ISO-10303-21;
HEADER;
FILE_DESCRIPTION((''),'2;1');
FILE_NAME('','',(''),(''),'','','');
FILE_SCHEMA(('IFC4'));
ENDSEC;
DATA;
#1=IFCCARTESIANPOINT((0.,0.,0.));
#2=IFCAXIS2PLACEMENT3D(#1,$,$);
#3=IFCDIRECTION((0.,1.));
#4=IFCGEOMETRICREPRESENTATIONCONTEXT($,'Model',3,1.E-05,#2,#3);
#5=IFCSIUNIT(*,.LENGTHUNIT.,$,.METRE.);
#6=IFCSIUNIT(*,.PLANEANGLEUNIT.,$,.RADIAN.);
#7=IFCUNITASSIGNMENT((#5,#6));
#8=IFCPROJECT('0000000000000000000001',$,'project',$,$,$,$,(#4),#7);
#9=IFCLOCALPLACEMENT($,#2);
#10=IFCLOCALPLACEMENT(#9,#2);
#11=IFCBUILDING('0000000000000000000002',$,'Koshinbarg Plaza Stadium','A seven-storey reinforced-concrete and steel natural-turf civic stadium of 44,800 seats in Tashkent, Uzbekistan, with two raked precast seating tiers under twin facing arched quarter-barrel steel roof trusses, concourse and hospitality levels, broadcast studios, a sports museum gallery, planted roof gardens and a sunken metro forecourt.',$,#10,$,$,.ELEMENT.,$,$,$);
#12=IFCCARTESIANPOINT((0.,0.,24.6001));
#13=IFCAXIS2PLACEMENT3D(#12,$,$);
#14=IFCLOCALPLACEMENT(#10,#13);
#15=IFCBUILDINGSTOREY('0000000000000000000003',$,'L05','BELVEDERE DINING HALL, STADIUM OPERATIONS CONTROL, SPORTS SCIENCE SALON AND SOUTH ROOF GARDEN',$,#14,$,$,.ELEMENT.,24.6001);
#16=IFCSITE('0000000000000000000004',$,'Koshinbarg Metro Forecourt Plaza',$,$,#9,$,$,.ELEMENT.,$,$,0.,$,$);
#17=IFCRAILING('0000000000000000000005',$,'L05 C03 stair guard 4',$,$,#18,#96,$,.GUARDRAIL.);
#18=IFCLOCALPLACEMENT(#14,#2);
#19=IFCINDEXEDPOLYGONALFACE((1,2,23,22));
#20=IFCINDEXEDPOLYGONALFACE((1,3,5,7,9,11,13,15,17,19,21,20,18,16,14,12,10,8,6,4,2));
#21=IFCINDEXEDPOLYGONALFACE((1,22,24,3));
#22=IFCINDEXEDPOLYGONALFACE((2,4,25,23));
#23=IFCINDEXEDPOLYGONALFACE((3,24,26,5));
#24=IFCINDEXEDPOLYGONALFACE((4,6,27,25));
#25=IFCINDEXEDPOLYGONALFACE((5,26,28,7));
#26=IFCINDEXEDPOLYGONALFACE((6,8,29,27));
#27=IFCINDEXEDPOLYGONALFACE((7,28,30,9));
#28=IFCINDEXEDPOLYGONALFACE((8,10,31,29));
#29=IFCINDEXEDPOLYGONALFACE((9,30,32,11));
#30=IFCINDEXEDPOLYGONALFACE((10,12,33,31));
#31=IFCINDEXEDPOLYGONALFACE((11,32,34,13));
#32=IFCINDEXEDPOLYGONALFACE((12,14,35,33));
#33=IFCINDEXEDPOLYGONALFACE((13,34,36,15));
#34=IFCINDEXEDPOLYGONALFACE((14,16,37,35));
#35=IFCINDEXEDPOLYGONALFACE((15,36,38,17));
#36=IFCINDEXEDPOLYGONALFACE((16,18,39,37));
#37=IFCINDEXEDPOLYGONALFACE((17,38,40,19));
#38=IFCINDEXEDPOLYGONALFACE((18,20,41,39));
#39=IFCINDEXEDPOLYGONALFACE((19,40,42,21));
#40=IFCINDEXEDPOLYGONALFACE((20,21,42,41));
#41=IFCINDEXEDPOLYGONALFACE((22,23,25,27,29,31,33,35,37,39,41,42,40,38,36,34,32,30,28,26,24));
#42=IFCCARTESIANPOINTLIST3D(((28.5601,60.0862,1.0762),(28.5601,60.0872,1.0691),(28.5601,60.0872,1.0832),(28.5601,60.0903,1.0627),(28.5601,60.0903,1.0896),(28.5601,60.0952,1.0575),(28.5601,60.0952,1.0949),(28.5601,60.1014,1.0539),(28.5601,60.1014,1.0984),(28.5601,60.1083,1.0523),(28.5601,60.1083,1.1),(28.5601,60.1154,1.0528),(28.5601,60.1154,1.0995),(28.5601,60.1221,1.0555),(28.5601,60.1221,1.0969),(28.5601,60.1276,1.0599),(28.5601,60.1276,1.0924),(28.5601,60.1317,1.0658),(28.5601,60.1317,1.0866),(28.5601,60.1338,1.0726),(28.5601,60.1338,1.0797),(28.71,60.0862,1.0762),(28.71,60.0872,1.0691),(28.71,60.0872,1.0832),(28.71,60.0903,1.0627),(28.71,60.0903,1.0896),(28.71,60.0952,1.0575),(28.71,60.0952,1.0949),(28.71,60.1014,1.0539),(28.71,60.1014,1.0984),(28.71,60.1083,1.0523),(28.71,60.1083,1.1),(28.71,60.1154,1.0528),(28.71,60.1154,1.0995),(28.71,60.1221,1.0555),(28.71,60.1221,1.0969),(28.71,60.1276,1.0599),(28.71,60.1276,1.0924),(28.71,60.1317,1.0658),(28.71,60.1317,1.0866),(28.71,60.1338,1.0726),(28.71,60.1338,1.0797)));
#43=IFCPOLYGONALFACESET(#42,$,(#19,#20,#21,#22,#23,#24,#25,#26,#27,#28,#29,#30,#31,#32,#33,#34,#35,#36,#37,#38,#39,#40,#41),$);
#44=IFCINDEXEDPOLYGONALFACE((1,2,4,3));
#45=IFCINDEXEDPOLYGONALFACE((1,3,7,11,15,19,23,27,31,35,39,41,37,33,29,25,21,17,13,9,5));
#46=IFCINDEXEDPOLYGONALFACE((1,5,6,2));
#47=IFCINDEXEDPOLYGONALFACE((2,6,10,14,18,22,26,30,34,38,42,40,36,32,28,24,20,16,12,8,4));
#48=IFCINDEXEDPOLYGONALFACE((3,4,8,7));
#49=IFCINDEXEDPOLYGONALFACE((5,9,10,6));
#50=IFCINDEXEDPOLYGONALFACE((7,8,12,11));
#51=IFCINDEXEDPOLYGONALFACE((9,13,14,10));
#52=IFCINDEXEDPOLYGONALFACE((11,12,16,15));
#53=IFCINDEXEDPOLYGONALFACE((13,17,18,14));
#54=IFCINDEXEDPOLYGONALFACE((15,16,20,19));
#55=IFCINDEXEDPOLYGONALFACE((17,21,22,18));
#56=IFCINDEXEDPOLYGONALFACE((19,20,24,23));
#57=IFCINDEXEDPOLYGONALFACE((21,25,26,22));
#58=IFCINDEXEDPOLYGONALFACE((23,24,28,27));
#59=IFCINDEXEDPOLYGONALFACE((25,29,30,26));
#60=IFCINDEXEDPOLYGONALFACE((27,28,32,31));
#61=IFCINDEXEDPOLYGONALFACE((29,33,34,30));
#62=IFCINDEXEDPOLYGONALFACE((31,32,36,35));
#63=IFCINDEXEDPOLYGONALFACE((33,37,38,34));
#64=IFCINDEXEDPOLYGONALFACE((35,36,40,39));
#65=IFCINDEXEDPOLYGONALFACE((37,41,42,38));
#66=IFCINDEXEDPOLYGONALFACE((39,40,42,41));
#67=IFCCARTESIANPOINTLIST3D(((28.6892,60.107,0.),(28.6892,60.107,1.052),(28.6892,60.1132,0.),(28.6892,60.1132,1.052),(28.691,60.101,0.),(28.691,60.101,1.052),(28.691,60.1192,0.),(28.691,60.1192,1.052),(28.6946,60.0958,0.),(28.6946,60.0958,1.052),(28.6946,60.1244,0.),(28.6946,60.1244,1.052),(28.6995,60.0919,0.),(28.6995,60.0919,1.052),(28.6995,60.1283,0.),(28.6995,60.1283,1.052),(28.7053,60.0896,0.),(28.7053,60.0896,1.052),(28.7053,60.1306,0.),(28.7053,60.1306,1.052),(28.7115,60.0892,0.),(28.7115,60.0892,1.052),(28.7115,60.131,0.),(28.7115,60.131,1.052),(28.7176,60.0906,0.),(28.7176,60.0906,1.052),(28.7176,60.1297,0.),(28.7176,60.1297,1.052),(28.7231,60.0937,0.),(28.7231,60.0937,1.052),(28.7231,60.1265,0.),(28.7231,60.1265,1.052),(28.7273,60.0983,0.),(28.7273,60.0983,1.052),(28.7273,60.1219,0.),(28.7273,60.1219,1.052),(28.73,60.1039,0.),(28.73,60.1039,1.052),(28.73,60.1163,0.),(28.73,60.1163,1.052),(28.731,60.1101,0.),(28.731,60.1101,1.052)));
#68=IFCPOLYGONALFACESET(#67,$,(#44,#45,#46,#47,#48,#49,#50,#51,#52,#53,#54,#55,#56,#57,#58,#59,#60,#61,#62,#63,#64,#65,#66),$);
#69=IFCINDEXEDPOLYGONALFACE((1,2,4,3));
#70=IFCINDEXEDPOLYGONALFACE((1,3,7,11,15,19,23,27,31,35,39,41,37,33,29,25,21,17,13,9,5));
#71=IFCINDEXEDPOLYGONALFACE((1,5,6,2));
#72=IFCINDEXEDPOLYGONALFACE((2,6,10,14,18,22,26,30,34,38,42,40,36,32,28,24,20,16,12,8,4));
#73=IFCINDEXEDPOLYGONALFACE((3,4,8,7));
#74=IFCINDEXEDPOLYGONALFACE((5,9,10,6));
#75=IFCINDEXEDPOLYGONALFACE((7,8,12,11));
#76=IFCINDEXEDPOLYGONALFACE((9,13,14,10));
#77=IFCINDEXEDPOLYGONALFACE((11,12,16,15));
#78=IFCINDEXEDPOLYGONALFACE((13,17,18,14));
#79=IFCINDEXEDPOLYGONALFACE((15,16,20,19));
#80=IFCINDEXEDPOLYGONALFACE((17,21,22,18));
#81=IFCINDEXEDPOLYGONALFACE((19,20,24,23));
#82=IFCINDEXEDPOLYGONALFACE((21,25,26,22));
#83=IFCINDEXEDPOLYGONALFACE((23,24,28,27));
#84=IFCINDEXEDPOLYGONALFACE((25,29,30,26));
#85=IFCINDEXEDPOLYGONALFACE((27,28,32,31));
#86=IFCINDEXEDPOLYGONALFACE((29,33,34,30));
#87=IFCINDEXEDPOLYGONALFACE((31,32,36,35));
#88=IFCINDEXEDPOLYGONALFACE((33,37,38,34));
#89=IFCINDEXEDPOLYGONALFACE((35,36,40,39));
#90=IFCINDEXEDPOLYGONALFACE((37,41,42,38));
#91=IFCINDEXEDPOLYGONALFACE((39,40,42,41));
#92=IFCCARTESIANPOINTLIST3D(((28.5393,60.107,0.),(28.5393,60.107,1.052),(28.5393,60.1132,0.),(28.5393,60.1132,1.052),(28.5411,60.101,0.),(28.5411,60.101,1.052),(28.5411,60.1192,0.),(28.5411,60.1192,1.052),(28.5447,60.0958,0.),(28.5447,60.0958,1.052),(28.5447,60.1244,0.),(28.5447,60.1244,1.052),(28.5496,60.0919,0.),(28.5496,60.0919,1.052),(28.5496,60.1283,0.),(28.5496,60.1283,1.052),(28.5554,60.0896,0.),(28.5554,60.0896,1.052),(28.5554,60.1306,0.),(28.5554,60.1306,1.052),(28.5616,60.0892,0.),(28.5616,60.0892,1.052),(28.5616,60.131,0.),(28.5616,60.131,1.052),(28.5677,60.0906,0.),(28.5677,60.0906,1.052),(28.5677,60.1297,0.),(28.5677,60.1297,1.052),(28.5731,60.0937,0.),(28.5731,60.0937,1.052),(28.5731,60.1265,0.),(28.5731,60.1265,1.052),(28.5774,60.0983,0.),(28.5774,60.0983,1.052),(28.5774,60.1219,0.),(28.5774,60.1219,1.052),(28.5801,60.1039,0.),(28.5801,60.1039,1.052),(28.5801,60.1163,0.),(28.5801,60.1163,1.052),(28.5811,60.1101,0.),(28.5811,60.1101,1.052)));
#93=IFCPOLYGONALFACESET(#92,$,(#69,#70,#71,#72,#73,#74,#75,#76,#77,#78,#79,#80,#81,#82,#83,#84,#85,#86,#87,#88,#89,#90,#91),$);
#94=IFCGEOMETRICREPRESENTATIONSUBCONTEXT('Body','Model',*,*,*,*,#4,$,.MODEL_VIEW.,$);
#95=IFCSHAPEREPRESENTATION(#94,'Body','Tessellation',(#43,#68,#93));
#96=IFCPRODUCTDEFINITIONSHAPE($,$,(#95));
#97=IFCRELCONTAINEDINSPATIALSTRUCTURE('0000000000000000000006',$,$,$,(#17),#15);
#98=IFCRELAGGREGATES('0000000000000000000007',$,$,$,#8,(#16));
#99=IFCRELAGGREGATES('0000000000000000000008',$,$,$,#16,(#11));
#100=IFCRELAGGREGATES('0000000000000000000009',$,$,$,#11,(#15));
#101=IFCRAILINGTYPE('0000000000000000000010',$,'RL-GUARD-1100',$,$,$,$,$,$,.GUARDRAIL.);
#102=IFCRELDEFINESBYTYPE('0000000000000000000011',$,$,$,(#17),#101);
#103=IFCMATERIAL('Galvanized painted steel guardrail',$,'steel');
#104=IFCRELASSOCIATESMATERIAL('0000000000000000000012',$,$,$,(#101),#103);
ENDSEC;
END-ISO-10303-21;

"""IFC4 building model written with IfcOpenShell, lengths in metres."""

from ifc_helpers import new_model, si_unit, direction, frame, origin, origin_2d, place, context, subcontext, project, spatial, circle, extrude, material, type_object, element, save


model = new_model("IFC4")

# Units and contexts
model_context = context("Model", 3, precision=1e-05, world=origin(), true_north=direction((0.0, 1.0)))
body_context = subcontext(model_context, "Body", "Model", "MODEL_VIEW")
ifc_project = project(units=[si_unit("LENGTHUNIT", "METRE"), si_unit("PLANEANGLEUNIT", "RADIAN")], contexts=[model_context])

# Site, building, storey
site_placement = place(None, origin())
site = spatial("IfcSite", under=ifc_project, at=site_placement, Name="Koshinbarg Metro Forecourt Plaza", CompositionType="ELEMENT", RefElevation=0.0)
building_placement = place(site_placement, origin())
building = spatial("IfcBuilding", under=site, at=building_placement, Name="Koshinbarg Plaza Stadium", Description="A seven-storey reinforced-concrete and steel natural-turf civic stadium of 44,800 seats in Tashkent, Uzbekistan, with two raked precast seating tiers under twin facing arched quarter-barrel steel roof trusses, concourse and hospitality levels, broadcast studios, a sports museum gallery, planted roof gardens and a sunken metro forecourt.", CompositionType="ELEMENT")
storey_placement = place(building_placement, frame((0.0, 0.0, 24.6001)))
storey = spatial("IfcBuildingStorey", under=building, at=storey_placement, Name="L05", Description="BELVEDERE DINING HALL, STADIUM OPERATIONS CONTROL, SPORTS SCIENCE SALON AND SOUTH ROOF GARDEN", CompositionType="ELEMENT", Elevation=24.6001)

# Railing
ifc_material_1 = material(Name="Galvanized painted steel guardrail", Category="steel")
railing_type_1 = type_object("IfcRailingType", Name="RL-GUARD-1100", PredefinedType="GUARDRAIL", material=ifc_material_1)
railing_1_placement = place(storey_placement, frame((28.71, 60.1101, 0.0)))
element("IfcRailing", 1, at=railing_1_placement, inside=storey, type_object=railing_type_1, Name="L05 C03 stair guard 4", PredefinedType="GUARDRAIL", context=body_context, shape_type="SweptSolid", body=[
    extrude(circle(Radius=0.0239, at=origin_2d()), frame((0.0, 0.0, 1.0762), z_axis=(-1.0, 0.0, 0.0), x_axis=(0.0, -1.0, 0.0)), (0.0, 0.0, 1.0), 0.1499),
    extrude(circle(Radius=0.021, at=origin_2d()), origin(), (0.0, 0.0, 1.0), 1.052),
    extrude(circle(Radius=0.021, at=origin_2d()), frame((-0.1499, 0.0, 0.0)), (0.0, 0.0, 1.0), 1.052),
])

save(model, "model.ifc")
